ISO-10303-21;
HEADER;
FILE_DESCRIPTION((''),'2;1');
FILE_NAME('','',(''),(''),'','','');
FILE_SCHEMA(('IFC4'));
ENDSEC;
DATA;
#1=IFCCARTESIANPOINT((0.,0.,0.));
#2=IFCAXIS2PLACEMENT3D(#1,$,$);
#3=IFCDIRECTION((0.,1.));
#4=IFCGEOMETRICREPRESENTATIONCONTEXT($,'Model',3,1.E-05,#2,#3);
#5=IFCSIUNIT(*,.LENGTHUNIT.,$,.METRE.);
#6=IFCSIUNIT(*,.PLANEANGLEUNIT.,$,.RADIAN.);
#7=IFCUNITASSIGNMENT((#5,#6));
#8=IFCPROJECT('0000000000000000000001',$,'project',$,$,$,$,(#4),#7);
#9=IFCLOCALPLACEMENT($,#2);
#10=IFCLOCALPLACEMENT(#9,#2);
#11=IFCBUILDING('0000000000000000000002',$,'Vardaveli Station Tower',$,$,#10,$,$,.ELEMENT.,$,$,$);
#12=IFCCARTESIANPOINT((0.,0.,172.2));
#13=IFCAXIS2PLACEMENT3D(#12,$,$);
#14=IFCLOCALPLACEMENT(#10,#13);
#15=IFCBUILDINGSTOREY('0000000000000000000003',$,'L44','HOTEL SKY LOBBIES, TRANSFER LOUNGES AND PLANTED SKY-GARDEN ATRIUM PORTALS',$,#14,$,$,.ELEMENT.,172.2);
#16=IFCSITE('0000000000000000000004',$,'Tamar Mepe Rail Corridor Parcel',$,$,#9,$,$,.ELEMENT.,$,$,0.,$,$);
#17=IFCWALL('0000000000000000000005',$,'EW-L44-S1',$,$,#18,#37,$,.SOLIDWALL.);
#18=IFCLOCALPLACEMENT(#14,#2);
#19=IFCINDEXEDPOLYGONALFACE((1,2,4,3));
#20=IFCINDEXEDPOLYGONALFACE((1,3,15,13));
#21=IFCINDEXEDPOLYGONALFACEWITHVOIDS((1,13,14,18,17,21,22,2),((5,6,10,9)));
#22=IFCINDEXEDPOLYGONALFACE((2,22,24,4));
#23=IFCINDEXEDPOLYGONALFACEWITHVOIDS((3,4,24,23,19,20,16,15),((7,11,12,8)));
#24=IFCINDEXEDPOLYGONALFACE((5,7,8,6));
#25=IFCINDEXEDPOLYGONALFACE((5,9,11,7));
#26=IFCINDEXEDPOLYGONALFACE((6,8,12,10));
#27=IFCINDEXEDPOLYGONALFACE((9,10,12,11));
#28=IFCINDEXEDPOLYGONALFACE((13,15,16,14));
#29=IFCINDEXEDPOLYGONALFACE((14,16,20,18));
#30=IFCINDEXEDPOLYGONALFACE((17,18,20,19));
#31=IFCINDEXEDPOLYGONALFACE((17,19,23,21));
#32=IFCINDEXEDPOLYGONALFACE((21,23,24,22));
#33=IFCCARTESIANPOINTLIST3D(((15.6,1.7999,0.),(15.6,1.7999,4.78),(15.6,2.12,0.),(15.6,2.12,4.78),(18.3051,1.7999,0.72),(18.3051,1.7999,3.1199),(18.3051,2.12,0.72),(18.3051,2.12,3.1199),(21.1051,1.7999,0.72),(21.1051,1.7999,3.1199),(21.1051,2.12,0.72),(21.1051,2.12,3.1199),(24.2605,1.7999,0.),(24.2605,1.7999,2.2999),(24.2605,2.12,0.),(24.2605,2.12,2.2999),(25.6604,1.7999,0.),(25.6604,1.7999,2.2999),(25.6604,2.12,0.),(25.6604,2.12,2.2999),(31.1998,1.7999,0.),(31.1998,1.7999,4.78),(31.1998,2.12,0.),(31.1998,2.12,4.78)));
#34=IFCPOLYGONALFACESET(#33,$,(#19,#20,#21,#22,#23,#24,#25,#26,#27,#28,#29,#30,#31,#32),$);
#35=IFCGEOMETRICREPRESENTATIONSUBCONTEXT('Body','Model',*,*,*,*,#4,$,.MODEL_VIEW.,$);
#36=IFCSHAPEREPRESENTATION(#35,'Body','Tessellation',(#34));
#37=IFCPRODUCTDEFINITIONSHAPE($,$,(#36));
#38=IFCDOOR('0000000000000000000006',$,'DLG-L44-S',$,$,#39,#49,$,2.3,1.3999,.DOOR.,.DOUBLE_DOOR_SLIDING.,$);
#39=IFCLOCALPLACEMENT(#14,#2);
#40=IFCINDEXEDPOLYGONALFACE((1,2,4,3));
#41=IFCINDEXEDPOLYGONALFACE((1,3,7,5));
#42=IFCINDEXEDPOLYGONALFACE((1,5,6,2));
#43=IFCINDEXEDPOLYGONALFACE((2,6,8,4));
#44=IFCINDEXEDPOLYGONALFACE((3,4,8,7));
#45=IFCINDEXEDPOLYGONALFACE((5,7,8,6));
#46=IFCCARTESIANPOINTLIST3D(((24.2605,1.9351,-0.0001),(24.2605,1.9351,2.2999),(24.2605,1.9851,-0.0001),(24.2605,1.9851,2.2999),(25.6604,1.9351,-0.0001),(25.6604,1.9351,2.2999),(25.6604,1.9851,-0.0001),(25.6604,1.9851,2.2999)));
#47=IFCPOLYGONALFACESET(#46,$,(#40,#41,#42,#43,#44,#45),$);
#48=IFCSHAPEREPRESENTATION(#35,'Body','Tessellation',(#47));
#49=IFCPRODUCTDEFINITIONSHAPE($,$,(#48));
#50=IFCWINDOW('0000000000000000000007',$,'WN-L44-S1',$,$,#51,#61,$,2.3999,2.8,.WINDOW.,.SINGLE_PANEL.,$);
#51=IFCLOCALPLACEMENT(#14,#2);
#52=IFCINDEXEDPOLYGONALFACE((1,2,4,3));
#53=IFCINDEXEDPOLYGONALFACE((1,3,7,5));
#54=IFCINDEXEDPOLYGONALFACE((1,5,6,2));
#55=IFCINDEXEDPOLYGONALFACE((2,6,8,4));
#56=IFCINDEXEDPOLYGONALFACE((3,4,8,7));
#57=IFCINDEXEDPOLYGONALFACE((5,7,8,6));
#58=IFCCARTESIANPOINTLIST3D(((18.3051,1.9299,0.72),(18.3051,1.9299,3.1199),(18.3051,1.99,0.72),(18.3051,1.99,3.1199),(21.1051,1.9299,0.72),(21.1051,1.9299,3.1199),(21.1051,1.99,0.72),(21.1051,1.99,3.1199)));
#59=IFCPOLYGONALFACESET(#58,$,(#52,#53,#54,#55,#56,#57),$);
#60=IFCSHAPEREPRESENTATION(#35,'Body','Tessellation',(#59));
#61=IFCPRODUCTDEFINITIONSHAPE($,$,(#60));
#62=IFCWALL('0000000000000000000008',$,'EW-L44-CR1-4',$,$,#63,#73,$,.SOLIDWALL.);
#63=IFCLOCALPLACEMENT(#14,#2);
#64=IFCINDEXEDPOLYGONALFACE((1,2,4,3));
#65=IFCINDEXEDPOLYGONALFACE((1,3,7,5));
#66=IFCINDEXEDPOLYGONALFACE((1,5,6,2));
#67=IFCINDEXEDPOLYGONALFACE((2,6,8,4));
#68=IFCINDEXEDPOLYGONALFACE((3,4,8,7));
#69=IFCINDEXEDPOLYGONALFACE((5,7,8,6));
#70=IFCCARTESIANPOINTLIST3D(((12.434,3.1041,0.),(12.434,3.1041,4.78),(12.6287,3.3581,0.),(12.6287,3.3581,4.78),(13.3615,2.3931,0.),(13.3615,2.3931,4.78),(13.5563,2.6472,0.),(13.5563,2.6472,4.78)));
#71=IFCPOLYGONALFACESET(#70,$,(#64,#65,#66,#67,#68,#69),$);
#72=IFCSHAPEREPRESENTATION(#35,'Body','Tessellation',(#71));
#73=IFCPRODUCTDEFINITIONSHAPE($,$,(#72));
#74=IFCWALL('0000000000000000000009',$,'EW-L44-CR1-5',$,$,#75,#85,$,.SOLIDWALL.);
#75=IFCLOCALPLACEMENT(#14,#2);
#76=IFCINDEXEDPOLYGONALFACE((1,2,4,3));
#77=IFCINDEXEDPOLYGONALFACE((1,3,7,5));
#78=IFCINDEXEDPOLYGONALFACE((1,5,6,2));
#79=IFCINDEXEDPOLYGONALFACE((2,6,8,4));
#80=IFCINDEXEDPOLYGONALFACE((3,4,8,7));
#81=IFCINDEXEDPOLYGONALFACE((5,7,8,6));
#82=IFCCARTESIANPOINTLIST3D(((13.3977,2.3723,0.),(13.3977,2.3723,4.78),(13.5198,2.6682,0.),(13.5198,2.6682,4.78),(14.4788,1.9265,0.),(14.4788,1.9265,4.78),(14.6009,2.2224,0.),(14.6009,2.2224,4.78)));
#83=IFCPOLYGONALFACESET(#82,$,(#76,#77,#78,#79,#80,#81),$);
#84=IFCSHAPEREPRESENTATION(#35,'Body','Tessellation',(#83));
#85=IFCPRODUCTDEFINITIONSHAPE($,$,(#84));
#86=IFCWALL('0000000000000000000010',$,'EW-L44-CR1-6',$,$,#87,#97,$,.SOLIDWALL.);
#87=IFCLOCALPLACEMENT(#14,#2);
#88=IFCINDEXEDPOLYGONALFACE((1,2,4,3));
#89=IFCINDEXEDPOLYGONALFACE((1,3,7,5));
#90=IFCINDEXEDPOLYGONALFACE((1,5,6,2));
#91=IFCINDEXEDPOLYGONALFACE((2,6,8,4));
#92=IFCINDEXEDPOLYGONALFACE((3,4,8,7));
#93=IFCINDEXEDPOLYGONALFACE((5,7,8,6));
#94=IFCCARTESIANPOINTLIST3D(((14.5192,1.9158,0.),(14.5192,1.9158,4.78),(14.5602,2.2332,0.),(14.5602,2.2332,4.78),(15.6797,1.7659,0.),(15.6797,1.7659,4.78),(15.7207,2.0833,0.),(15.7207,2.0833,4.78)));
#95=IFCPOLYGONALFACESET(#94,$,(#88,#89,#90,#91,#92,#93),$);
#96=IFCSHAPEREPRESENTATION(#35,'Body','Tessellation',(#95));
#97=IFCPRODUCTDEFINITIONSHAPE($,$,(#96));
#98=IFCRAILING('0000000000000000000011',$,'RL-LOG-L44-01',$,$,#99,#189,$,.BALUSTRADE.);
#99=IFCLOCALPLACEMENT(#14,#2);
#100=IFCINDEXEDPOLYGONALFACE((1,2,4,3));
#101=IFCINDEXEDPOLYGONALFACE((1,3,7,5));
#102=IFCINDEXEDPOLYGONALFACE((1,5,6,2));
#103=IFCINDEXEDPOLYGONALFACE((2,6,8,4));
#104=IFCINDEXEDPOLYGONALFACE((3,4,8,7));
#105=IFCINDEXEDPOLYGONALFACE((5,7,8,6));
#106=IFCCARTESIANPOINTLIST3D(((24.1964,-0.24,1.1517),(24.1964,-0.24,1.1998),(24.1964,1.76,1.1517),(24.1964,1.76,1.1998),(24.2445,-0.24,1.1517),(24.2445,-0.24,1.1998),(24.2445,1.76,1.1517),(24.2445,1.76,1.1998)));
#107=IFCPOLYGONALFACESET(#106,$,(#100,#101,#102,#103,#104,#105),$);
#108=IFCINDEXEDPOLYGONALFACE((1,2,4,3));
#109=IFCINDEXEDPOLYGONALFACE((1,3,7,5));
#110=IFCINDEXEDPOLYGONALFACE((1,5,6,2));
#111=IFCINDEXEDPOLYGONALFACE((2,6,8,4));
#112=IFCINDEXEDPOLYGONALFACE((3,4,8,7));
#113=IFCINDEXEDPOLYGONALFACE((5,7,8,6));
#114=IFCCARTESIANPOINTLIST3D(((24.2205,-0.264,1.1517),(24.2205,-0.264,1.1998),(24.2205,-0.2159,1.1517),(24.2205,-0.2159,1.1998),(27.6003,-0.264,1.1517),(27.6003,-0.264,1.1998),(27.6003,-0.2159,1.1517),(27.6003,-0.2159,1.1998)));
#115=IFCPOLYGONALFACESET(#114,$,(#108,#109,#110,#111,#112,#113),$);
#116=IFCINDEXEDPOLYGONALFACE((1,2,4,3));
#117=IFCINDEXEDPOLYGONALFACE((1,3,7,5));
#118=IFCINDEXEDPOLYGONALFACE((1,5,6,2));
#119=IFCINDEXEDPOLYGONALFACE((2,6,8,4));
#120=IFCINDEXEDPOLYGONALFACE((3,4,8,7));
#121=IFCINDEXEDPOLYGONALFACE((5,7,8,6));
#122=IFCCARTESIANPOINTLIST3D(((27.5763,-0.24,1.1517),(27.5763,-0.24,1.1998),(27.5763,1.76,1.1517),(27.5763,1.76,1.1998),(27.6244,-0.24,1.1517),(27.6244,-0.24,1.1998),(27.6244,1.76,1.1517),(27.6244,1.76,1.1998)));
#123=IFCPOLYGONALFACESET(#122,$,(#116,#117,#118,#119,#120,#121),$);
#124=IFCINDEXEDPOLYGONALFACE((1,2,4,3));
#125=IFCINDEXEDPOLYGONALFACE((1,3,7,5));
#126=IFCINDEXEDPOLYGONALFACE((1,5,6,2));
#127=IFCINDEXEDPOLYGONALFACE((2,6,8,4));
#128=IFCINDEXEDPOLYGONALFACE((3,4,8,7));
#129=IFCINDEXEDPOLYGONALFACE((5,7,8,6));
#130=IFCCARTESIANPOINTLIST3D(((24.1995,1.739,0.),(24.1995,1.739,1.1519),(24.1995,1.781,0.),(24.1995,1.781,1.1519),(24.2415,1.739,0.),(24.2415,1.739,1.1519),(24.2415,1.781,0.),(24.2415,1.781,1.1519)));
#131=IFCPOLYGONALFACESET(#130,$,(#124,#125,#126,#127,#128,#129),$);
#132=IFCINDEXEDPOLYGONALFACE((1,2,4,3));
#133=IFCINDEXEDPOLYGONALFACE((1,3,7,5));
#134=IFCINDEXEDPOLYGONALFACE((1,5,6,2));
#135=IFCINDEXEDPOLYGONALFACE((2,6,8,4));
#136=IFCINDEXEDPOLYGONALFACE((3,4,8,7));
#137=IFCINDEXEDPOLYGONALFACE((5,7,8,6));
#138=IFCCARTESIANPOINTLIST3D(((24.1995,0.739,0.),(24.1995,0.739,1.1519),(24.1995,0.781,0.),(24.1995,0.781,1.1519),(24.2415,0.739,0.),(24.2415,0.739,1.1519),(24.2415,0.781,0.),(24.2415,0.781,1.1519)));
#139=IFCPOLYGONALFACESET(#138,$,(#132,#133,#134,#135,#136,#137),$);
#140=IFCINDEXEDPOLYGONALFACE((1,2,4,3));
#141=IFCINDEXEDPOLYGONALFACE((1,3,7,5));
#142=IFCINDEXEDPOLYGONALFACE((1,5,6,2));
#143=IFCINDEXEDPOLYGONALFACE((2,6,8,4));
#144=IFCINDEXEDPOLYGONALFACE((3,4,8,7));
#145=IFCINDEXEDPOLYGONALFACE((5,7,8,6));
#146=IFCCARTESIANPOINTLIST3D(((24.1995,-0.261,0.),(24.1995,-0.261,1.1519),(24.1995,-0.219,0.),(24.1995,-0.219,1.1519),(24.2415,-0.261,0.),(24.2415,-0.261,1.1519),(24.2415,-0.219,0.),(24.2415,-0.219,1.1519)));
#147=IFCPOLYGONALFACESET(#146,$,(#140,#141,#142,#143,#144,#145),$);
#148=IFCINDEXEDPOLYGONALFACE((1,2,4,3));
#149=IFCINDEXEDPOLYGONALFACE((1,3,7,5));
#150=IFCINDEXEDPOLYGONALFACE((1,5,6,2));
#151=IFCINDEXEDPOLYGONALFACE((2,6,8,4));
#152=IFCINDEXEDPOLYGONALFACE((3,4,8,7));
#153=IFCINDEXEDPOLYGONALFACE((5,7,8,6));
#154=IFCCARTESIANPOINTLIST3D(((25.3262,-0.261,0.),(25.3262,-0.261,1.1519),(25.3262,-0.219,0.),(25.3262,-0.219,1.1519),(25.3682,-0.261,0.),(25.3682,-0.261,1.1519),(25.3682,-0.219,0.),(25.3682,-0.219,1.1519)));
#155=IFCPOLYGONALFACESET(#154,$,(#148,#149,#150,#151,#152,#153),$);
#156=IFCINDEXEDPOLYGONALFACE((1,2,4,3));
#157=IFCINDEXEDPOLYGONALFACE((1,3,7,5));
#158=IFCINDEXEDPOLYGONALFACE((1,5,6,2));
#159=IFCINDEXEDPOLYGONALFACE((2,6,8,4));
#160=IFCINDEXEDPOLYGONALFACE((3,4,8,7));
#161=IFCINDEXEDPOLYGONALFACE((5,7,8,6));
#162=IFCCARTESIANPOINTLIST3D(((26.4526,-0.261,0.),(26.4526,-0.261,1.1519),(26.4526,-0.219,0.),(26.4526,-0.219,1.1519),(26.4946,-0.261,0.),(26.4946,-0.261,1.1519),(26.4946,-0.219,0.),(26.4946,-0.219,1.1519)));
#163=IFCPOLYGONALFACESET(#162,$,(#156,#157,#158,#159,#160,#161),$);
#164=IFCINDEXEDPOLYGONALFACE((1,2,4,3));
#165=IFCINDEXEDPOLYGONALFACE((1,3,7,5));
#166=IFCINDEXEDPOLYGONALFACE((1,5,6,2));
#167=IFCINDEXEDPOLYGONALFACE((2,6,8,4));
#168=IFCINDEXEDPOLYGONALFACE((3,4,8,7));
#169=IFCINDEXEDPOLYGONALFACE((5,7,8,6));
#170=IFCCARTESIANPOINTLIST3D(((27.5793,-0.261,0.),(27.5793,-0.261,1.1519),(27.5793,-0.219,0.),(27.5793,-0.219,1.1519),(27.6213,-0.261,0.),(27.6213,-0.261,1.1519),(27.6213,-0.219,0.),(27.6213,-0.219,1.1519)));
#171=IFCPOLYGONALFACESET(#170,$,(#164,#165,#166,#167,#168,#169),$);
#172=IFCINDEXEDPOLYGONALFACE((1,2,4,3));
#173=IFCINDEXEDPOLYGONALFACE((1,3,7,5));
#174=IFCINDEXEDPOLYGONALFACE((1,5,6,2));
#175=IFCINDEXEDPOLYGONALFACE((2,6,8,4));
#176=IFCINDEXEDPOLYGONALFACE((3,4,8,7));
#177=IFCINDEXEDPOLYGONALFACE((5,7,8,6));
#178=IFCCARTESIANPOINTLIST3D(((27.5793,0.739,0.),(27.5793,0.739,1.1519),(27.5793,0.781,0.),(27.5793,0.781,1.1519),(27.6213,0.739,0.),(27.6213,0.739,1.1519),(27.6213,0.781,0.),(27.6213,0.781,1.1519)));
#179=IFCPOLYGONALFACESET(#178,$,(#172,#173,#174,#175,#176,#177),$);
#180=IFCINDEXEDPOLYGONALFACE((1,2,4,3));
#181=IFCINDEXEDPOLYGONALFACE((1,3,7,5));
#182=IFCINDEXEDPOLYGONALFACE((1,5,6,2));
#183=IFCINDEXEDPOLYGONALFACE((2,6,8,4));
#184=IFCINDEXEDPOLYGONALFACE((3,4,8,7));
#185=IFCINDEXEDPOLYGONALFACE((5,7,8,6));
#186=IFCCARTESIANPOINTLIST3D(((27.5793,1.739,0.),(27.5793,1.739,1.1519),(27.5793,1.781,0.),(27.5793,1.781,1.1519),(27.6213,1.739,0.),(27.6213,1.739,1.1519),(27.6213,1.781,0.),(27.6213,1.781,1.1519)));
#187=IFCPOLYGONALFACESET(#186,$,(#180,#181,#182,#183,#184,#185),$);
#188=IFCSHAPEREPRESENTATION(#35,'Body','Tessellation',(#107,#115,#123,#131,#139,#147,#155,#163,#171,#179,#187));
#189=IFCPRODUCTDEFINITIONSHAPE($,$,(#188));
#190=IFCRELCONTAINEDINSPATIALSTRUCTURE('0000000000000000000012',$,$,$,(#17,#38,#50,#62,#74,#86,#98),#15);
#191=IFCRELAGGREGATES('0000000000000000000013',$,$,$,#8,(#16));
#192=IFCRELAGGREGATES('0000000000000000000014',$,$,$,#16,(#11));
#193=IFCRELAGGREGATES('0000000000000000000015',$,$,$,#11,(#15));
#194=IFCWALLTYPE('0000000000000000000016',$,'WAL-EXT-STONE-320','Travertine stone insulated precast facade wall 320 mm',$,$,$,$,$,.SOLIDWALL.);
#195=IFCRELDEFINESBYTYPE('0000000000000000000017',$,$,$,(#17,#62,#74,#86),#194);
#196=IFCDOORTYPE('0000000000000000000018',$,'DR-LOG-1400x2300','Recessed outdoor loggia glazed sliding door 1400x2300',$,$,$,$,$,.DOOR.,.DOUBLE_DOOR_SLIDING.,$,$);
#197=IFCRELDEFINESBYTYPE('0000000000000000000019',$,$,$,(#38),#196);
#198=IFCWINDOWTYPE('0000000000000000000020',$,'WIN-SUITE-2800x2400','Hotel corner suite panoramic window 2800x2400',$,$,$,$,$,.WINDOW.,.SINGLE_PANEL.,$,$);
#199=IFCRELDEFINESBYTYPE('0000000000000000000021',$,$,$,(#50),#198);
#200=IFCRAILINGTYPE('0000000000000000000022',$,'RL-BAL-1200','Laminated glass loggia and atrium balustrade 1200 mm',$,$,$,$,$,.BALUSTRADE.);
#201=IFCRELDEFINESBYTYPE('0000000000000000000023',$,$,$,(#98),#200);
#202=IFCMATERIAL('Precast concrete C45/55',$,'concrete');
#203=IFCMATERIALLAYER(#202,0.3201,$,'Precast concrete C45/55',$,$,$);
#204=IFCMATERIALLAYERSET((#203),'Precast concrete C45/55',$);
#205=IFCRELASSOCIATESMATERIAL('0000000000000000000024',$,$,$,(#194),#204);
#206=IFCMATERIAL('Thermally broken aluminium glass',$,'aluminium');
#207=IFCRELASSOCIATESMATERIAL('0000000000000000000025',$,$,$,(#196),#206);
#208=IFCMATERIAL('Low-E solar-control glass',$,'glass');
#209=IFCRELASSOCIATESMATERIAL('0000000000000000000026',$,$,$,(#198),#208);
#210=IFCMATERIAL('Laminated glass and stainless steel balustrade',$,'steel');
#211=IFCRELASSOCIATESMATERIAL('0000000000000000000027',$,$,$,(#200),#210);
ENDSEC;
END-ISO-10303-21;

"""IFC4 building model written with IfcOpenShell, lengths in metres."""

from ifc_helpers import new_model, si_unit, direction, frame, frame_2d, origin, origin_2d, place, context, subcontext, project, spatial, rectangle, extrude, source, transform, mapped, material, layer, layer_set, type_object, element, fill, save


model = new_model("IFC4")

# Units and contexts
model_context = context("Model", 3, precision=1e-05, world=origin(), true_north=direction((0.0, 1.0)))
body_context = subcontext(model_context, "Body", "Model", "MODEL_VIEW")
ifc_project = project(units=[si_unit("LENGTHUNIT", "METRE"), si_unit("PLANEANGLEUNIT", "RADIAN")], contexts=[model_context])

# Site, building, storey
site_placement = place(None, origin())
site = spatial("IfcSite", under=ifc_project, at=site_placement, Name="Tamar Mepe Rail Corridor Parcel", CompositionType="ELEMENT", RefElevation=0.0)
building_placement = place(site_placement, origin())
building = spatial("IfcBuilding", under=site, at=building_placement, Name="Vardaveli Station Tower", CompositionType="ELEMENT")
storey_placement = place(building_placement, frame((0.0, 0.0, 172.2)))
storey = spatial("IfcBuildingStorey", under=building, at=storey_placement, Name="L44", Description="HOTEL SKY LOBBIES, TRANSFER LOUNGES AND PLANTED SKY-GARDEN ATRIUM PORTALS", CompositionType="ELEMENT", Elevation=172.2)

# Wall, openings, door, window
ifc_material_1 = material(Name="Precast concrete C45/55", Category="concrete")
ifc_layer_1 = layer(ifc_material_1, 0.3201, Name="Precast concrete C45/55")
ifc_layer_set_1 = layer_set([ifc_layer_1], Name="Precast concrete C45/55")
wall_type = type_object("IfcWallType", Name="WAL-EXT-STONE-320", Description="Travertine stone insulated precast facade wall 320 mm", PredefinedType="SOLIDWALL", material=ifc_layer_set_1)
shared_shape_1 = source(origin(), body_context, "Body", "SweptSolid", [
    extrude(rectangle(XDim=15.5999, YDim=0.3201, at=frame_2d((7.7998, 0.0))), origin(), (0.0, 0.0, 1.0), 4.78),
])
wall_1_placement = place(storey_placement, frame((15.6001, 1.96, 0.0), z_axis=(0.0, 0.0, 1.0), x_axis=(1.0, 0.0, 0.0)))
wall_1 = element("IfcWall", 1, at=wall_1_placement, inside=storey, type_object=wall_type, Name="EW-L44-S1", PredefinedType="SOLIDWALL", context=body_context, shape_type="MappedRepresentation", body=[
    mapped(shared_shape_1, transform((0.0, 0.0, 0.0), scale=1.0)),
])
shared_shape_2 = source(origin(), body_context, "Body", "SweptSolid", [
    extrude(rectangle(XDim=1.3999, YDim=2.3, at=frame_2d((0.7, 1.1499))), frame((0.0, 0.1699, 0.0), z_axis=(0.0, -1.0, 0.0), x_axis=(1.0, 0.0, 0.0)), (0.0, 0.0, 1.0), 0.3401),
])
opening_1_placement = place(wall_1_placement, frame((8.6604, 0.0, 0.0)))
opening_1 = element("IfcOpeningElement", 2, at=opening_1_placement, cuts=wall_1, PredefinedType="OPENING", context=body_context, shape_type="MappedRepresentation", body=[
    mapped(shared_shape_2, transform((0.0, 0.0, 0.0), scale=1.0)),
])
shared_shape_3 = source(origin(), body_context, "Body", "SweptSolid", [
    extrude(rectangle(XDim=2.8, YDim=2.3999, at=frame_2d((1.3999, 1.2))), frame((0.0, 0.1699, 0.0), z_axis=(0.0, -1.0, 0.0), x_axis=(1.0, 0.0, 0.0)), (0.0, 0.0, 1.0), 0.3401),
])
opening_2_placement = place(wall_1_placement, frame((2.7051, 0.0, 0.72)))
opening_2 = element("IfcOpeningElement", 3, at=opening_2_placement, cuts=wall_1, PredefinedType="OPENING", context=body_context, shape_type="MappedRepresentation", body=[
    mapped(shared_shape_3, transform((0.0, 0.0, 0.0), scale=1.0)),
])
ifc_material_2 = material(Name="Thermally broken aluminium glass", Category="aluminium")
door_type = type_object("IfcDoorType", Name="DR-LOG-1400x2300", Description="Recessed outdoor loggia glazed sliding door 1400x2300", OperationType="DOUBLE_DOOR_SLIDING", PredefinedType="DOOR", material=ifc_material_2)
shared_shape_4 = source(origin(), body_context, "Body", "SweptSolid", [
    extrude(rectangle(XDim=1.3999, YDim=2.3, at=frame_2d((0.7, 1.1499))), frame((0.0, 0.0249, 0.0), z_axis=(0.0, -1.0, 0.0), x_axis=(1.0, 0.0, 0.0)), (0.0, 0.0, 1.0), 0.05),
])
door_placement = place(opening_1_placement, frame((1.3999, 0.0, 0.0), z_axis=(0.0, 0.0, 1.0), x_axis=(-1.0, 0.0, 0.0)))
door = element("IfcDoor", 4, at=door_placement, inside=storey, type_object=door_type, Name="DLG-L44-S", OperationType="DOUBLE_DOOR_SLIDING", OverallHeight=2.3, OverallWidth=1.3999, PredefinedType="DOOR", context=body_context, shape_type="MappedRepresentation", body=[
    mapped(shared_shape_4, transform((0.0, 0.0, 0.0), scale=1.0)),
])
fill(opening_1, door)
ifc_material_3 = material(Name="Low-E solar-control glass", Category="glass")
window_type = type_object("IfcWindowType", Name="WIN-SUITE-2800x2400", Description="Hotel corner suite panoramic window 2800x2400", PartitioningType="SINGLE_PANEL", PredefinedType="WINDOW", material=ifc_material_3)
shared_shape_5 = source(origin(), body_context, "Body", "SweptSolid", [
    extrude(rectangle(XDim=2.8, YDim=2.3999, at=frame_2d((1.3999, 1.2))), frame((0.0, 0.03, 0.0), z_axis=(0.0, -1.0, 0.0), x_axis=(1.0, 0.0, 0.0)), (0.0, 0.0, 1.0), 0.0601),
])
window_placement = place(opening_2_placement, origin())
window = element("IfcWindow", 5, at=window_placement, inside=storey, type_object=window_type, Name="WN-L44-S1", OverallHeight=2.3999, OverallWidth=2.8, PartitioningType="SINGLE_PANEL", PredefinedType="WINDOW", context=body_context, shape_type="MappedRepresentation", body=[
    mapped(shared_shape_5, transform((0.0, 0.0, 0.0), scale=1.0)),
])
fill(opening_2, window)

# Walls
shared_shape_6 = source(origin(), body_context, "Body", "SweptSolid", [
    extrude(rectangle(XDim=1.1687, YDim=0.3201, at=frame_2d((0.5845, 0.0))), origin(), (0.0, 0.0, 1.0), 4.78),
])
wall_2_placement = place(storey_placement, frame((12.5312, 3.2312, 0.0), z_axis=(0.0, 0.0, 1.0), x_axis=(0.793664, -0.608357, 0.0)))
element("IfcWall", 6, at=wall_2_placement, inside=storey, type_object=wall_type, Name="EW-L44-CR1-4", PredefinedType="SOLIDWALL", context=body_context, shape_type="MappedRepresentation", body=[
    mapped(shared_shape_6, transform((0.0, 0.0, 0.0), scale=1.0)),
])
shared_shape_7 = source(origin(), body_context, "Body", "SweptSolid", [
    extrude(rectangle(XDim=1.1694, YDim=0.3201, at=frame_2d((0.5847, 0.0))), origin(), (0.0, 0.0, 1.0), 4.78),
])
wall_3_placement = place(storey_placement, frame((13.4587, 2.5203, 0.0), z_axis=(0.0, 0.0, 1.0), x_axis=(0.924479, -0.381233, 0.0)))
element("IfcWall", 7, at=wall_3_placement, inside=storey, type_object=wall_type, Name="EW-L44-CR1-5", PredefinedType="SOLIDWALL", context=body_context, shape_type="MappedRepresentation", body=[
    mapped(shared_shape_7, transform((0.0, 0.0, 0.0), scale=1.0)),
])
shared_shape_8 = source(origin(), body_context, "Body", "SweptSolid", [
    extrude(rectangle(XDim=1.1702, YDim=0.3201, at=frame_2d((0.585, 0.0))), origin(), (0.0, 0.0, 1.0), 4.78),
])
wall_4_placement = place(storey_placement, frame((14.5398, 2.0745, 0.0), z_axis=(0.0, 0.0, 1.0), x_axis=(0.991762, -0.12809, 0.0)))
element("IfcWall", 8, at=wall_4_placement, inside=storey, type_object=wall_type, Name="EW-L44-CR1-6", PredefinedType="SOLIDWALL", context=body_context, shape_type="MappedRepresentation", body=[
    mapped(shared_shape_8, transform((0.0, 0.0, 0.0), scale=1.0)),
])

# Railing
ifc_material_4 = material(Name="Laminated glass and stainless steel balustrade", Category="steel")
railing_type = type_object("IfcRailingType", Name="RL-BAL-1200", Description="Laminated glass loggia and atrium balustrade 1200 mm", PredefinedType="BALUSTRADE", material=ifc_material_4)
shared_shape_9 = source(origin(), body_context, "Body", "SweptSolid", [
    extrude(rectangle(XDim=0.0481, YDim=0.0481, at=origin_2d()), frame((0.0, 0.0, 1.1758), z_axis=(0.0, -1.0, 0.0), x_axis=(1.0, 0.0, 0.0)), (0.0, 0.0, 1.0), 2.0),
    extrude(rectangle(XDim=0.0481, YDim=0.0481, at=origin_2d()), frame((0.0, -2.0, 1.1758), z_axis=(1.0, 0.0, 0.0), x_axis=(0.0, 1.0, 0.0)), (0.0, 0.0, 1.0), 3.3799),
    extrude(rectangle(XDim=0.0481, YDim=0.0481, at=origin_2d()), frame((3.3799, -2.0, 1.1758), z_axis=(0.0, 1.0, 0.0), x_axis=(-1.0, 0.0, 0.0)), (0.0, 0.0, 1.0), 2.0),
    extrude(rectangle(XDim=0.042, YDim=0.042, at=origin_2d()), origin(), (0.0, 0.0, 1.0), 1.1519),
    extrude(rectangle(XDim=0.042, YDim=0.042, at=origin_2d()), frame((0.0, -1.0, 0.0)), (0.0, 0.0, 1.0), 1.1519),
    extrude(rectangle(XDim=0.042, YDim=0.042, at=origin_2d()), frame((0.0, -2.0, 0.0)), (0.0, 0.0, 1.0), 1.1519),
    extrude(rectangle(XDim=0.042, YDim=0.042, at=origin_2d()), frame((1.1267, -2.0, 0.0)), (0.0, 0.0, 1.0), 1.1519),
    extrude(rectangle(XDim=0.042, YDim=0.042, at=origin_2d()), frame((2.2532, -2.0, 0.0)), (0.0, 0.0, 1.0), 1.1519),
    extrude(rectangle(XDim=0.042, YDim=0.042, at=origin_2d()), frame((3.3799, -2.0, 0.0)), (0.0, 0.0, 1.0), 1.1519),
    extrude(rectangle(XDim=0.042, YDim=0.042, at=origin_2d()), frame((3.3799, -1.0, 0.0)), (0.0, 0.0, 1.0), 1.1519),
    extrude(rectangle(XDim=0.042, YDim=0.042, at=origin_2d()), frame((3.3799, 0.0, 0.0)), (0.0, 0.0, 1.0), 1.1519),
])
railing_placement = place(storey_placement, frame((24.2205, 1.76, 0.0)))
element("IfcRailing", 9, at=railing_placement, inside=storey, type_object=railing_type, Name="RL-LOG-L44-01", PredefinedType="BALUSTRADE", context=body_context, shape_type="MappedRepresentation", body=[
    mapped(shared_shape_9, transform((0.0, 0.0, 0.0), scale=1.0)),
])

save(model, "model.ifc")
